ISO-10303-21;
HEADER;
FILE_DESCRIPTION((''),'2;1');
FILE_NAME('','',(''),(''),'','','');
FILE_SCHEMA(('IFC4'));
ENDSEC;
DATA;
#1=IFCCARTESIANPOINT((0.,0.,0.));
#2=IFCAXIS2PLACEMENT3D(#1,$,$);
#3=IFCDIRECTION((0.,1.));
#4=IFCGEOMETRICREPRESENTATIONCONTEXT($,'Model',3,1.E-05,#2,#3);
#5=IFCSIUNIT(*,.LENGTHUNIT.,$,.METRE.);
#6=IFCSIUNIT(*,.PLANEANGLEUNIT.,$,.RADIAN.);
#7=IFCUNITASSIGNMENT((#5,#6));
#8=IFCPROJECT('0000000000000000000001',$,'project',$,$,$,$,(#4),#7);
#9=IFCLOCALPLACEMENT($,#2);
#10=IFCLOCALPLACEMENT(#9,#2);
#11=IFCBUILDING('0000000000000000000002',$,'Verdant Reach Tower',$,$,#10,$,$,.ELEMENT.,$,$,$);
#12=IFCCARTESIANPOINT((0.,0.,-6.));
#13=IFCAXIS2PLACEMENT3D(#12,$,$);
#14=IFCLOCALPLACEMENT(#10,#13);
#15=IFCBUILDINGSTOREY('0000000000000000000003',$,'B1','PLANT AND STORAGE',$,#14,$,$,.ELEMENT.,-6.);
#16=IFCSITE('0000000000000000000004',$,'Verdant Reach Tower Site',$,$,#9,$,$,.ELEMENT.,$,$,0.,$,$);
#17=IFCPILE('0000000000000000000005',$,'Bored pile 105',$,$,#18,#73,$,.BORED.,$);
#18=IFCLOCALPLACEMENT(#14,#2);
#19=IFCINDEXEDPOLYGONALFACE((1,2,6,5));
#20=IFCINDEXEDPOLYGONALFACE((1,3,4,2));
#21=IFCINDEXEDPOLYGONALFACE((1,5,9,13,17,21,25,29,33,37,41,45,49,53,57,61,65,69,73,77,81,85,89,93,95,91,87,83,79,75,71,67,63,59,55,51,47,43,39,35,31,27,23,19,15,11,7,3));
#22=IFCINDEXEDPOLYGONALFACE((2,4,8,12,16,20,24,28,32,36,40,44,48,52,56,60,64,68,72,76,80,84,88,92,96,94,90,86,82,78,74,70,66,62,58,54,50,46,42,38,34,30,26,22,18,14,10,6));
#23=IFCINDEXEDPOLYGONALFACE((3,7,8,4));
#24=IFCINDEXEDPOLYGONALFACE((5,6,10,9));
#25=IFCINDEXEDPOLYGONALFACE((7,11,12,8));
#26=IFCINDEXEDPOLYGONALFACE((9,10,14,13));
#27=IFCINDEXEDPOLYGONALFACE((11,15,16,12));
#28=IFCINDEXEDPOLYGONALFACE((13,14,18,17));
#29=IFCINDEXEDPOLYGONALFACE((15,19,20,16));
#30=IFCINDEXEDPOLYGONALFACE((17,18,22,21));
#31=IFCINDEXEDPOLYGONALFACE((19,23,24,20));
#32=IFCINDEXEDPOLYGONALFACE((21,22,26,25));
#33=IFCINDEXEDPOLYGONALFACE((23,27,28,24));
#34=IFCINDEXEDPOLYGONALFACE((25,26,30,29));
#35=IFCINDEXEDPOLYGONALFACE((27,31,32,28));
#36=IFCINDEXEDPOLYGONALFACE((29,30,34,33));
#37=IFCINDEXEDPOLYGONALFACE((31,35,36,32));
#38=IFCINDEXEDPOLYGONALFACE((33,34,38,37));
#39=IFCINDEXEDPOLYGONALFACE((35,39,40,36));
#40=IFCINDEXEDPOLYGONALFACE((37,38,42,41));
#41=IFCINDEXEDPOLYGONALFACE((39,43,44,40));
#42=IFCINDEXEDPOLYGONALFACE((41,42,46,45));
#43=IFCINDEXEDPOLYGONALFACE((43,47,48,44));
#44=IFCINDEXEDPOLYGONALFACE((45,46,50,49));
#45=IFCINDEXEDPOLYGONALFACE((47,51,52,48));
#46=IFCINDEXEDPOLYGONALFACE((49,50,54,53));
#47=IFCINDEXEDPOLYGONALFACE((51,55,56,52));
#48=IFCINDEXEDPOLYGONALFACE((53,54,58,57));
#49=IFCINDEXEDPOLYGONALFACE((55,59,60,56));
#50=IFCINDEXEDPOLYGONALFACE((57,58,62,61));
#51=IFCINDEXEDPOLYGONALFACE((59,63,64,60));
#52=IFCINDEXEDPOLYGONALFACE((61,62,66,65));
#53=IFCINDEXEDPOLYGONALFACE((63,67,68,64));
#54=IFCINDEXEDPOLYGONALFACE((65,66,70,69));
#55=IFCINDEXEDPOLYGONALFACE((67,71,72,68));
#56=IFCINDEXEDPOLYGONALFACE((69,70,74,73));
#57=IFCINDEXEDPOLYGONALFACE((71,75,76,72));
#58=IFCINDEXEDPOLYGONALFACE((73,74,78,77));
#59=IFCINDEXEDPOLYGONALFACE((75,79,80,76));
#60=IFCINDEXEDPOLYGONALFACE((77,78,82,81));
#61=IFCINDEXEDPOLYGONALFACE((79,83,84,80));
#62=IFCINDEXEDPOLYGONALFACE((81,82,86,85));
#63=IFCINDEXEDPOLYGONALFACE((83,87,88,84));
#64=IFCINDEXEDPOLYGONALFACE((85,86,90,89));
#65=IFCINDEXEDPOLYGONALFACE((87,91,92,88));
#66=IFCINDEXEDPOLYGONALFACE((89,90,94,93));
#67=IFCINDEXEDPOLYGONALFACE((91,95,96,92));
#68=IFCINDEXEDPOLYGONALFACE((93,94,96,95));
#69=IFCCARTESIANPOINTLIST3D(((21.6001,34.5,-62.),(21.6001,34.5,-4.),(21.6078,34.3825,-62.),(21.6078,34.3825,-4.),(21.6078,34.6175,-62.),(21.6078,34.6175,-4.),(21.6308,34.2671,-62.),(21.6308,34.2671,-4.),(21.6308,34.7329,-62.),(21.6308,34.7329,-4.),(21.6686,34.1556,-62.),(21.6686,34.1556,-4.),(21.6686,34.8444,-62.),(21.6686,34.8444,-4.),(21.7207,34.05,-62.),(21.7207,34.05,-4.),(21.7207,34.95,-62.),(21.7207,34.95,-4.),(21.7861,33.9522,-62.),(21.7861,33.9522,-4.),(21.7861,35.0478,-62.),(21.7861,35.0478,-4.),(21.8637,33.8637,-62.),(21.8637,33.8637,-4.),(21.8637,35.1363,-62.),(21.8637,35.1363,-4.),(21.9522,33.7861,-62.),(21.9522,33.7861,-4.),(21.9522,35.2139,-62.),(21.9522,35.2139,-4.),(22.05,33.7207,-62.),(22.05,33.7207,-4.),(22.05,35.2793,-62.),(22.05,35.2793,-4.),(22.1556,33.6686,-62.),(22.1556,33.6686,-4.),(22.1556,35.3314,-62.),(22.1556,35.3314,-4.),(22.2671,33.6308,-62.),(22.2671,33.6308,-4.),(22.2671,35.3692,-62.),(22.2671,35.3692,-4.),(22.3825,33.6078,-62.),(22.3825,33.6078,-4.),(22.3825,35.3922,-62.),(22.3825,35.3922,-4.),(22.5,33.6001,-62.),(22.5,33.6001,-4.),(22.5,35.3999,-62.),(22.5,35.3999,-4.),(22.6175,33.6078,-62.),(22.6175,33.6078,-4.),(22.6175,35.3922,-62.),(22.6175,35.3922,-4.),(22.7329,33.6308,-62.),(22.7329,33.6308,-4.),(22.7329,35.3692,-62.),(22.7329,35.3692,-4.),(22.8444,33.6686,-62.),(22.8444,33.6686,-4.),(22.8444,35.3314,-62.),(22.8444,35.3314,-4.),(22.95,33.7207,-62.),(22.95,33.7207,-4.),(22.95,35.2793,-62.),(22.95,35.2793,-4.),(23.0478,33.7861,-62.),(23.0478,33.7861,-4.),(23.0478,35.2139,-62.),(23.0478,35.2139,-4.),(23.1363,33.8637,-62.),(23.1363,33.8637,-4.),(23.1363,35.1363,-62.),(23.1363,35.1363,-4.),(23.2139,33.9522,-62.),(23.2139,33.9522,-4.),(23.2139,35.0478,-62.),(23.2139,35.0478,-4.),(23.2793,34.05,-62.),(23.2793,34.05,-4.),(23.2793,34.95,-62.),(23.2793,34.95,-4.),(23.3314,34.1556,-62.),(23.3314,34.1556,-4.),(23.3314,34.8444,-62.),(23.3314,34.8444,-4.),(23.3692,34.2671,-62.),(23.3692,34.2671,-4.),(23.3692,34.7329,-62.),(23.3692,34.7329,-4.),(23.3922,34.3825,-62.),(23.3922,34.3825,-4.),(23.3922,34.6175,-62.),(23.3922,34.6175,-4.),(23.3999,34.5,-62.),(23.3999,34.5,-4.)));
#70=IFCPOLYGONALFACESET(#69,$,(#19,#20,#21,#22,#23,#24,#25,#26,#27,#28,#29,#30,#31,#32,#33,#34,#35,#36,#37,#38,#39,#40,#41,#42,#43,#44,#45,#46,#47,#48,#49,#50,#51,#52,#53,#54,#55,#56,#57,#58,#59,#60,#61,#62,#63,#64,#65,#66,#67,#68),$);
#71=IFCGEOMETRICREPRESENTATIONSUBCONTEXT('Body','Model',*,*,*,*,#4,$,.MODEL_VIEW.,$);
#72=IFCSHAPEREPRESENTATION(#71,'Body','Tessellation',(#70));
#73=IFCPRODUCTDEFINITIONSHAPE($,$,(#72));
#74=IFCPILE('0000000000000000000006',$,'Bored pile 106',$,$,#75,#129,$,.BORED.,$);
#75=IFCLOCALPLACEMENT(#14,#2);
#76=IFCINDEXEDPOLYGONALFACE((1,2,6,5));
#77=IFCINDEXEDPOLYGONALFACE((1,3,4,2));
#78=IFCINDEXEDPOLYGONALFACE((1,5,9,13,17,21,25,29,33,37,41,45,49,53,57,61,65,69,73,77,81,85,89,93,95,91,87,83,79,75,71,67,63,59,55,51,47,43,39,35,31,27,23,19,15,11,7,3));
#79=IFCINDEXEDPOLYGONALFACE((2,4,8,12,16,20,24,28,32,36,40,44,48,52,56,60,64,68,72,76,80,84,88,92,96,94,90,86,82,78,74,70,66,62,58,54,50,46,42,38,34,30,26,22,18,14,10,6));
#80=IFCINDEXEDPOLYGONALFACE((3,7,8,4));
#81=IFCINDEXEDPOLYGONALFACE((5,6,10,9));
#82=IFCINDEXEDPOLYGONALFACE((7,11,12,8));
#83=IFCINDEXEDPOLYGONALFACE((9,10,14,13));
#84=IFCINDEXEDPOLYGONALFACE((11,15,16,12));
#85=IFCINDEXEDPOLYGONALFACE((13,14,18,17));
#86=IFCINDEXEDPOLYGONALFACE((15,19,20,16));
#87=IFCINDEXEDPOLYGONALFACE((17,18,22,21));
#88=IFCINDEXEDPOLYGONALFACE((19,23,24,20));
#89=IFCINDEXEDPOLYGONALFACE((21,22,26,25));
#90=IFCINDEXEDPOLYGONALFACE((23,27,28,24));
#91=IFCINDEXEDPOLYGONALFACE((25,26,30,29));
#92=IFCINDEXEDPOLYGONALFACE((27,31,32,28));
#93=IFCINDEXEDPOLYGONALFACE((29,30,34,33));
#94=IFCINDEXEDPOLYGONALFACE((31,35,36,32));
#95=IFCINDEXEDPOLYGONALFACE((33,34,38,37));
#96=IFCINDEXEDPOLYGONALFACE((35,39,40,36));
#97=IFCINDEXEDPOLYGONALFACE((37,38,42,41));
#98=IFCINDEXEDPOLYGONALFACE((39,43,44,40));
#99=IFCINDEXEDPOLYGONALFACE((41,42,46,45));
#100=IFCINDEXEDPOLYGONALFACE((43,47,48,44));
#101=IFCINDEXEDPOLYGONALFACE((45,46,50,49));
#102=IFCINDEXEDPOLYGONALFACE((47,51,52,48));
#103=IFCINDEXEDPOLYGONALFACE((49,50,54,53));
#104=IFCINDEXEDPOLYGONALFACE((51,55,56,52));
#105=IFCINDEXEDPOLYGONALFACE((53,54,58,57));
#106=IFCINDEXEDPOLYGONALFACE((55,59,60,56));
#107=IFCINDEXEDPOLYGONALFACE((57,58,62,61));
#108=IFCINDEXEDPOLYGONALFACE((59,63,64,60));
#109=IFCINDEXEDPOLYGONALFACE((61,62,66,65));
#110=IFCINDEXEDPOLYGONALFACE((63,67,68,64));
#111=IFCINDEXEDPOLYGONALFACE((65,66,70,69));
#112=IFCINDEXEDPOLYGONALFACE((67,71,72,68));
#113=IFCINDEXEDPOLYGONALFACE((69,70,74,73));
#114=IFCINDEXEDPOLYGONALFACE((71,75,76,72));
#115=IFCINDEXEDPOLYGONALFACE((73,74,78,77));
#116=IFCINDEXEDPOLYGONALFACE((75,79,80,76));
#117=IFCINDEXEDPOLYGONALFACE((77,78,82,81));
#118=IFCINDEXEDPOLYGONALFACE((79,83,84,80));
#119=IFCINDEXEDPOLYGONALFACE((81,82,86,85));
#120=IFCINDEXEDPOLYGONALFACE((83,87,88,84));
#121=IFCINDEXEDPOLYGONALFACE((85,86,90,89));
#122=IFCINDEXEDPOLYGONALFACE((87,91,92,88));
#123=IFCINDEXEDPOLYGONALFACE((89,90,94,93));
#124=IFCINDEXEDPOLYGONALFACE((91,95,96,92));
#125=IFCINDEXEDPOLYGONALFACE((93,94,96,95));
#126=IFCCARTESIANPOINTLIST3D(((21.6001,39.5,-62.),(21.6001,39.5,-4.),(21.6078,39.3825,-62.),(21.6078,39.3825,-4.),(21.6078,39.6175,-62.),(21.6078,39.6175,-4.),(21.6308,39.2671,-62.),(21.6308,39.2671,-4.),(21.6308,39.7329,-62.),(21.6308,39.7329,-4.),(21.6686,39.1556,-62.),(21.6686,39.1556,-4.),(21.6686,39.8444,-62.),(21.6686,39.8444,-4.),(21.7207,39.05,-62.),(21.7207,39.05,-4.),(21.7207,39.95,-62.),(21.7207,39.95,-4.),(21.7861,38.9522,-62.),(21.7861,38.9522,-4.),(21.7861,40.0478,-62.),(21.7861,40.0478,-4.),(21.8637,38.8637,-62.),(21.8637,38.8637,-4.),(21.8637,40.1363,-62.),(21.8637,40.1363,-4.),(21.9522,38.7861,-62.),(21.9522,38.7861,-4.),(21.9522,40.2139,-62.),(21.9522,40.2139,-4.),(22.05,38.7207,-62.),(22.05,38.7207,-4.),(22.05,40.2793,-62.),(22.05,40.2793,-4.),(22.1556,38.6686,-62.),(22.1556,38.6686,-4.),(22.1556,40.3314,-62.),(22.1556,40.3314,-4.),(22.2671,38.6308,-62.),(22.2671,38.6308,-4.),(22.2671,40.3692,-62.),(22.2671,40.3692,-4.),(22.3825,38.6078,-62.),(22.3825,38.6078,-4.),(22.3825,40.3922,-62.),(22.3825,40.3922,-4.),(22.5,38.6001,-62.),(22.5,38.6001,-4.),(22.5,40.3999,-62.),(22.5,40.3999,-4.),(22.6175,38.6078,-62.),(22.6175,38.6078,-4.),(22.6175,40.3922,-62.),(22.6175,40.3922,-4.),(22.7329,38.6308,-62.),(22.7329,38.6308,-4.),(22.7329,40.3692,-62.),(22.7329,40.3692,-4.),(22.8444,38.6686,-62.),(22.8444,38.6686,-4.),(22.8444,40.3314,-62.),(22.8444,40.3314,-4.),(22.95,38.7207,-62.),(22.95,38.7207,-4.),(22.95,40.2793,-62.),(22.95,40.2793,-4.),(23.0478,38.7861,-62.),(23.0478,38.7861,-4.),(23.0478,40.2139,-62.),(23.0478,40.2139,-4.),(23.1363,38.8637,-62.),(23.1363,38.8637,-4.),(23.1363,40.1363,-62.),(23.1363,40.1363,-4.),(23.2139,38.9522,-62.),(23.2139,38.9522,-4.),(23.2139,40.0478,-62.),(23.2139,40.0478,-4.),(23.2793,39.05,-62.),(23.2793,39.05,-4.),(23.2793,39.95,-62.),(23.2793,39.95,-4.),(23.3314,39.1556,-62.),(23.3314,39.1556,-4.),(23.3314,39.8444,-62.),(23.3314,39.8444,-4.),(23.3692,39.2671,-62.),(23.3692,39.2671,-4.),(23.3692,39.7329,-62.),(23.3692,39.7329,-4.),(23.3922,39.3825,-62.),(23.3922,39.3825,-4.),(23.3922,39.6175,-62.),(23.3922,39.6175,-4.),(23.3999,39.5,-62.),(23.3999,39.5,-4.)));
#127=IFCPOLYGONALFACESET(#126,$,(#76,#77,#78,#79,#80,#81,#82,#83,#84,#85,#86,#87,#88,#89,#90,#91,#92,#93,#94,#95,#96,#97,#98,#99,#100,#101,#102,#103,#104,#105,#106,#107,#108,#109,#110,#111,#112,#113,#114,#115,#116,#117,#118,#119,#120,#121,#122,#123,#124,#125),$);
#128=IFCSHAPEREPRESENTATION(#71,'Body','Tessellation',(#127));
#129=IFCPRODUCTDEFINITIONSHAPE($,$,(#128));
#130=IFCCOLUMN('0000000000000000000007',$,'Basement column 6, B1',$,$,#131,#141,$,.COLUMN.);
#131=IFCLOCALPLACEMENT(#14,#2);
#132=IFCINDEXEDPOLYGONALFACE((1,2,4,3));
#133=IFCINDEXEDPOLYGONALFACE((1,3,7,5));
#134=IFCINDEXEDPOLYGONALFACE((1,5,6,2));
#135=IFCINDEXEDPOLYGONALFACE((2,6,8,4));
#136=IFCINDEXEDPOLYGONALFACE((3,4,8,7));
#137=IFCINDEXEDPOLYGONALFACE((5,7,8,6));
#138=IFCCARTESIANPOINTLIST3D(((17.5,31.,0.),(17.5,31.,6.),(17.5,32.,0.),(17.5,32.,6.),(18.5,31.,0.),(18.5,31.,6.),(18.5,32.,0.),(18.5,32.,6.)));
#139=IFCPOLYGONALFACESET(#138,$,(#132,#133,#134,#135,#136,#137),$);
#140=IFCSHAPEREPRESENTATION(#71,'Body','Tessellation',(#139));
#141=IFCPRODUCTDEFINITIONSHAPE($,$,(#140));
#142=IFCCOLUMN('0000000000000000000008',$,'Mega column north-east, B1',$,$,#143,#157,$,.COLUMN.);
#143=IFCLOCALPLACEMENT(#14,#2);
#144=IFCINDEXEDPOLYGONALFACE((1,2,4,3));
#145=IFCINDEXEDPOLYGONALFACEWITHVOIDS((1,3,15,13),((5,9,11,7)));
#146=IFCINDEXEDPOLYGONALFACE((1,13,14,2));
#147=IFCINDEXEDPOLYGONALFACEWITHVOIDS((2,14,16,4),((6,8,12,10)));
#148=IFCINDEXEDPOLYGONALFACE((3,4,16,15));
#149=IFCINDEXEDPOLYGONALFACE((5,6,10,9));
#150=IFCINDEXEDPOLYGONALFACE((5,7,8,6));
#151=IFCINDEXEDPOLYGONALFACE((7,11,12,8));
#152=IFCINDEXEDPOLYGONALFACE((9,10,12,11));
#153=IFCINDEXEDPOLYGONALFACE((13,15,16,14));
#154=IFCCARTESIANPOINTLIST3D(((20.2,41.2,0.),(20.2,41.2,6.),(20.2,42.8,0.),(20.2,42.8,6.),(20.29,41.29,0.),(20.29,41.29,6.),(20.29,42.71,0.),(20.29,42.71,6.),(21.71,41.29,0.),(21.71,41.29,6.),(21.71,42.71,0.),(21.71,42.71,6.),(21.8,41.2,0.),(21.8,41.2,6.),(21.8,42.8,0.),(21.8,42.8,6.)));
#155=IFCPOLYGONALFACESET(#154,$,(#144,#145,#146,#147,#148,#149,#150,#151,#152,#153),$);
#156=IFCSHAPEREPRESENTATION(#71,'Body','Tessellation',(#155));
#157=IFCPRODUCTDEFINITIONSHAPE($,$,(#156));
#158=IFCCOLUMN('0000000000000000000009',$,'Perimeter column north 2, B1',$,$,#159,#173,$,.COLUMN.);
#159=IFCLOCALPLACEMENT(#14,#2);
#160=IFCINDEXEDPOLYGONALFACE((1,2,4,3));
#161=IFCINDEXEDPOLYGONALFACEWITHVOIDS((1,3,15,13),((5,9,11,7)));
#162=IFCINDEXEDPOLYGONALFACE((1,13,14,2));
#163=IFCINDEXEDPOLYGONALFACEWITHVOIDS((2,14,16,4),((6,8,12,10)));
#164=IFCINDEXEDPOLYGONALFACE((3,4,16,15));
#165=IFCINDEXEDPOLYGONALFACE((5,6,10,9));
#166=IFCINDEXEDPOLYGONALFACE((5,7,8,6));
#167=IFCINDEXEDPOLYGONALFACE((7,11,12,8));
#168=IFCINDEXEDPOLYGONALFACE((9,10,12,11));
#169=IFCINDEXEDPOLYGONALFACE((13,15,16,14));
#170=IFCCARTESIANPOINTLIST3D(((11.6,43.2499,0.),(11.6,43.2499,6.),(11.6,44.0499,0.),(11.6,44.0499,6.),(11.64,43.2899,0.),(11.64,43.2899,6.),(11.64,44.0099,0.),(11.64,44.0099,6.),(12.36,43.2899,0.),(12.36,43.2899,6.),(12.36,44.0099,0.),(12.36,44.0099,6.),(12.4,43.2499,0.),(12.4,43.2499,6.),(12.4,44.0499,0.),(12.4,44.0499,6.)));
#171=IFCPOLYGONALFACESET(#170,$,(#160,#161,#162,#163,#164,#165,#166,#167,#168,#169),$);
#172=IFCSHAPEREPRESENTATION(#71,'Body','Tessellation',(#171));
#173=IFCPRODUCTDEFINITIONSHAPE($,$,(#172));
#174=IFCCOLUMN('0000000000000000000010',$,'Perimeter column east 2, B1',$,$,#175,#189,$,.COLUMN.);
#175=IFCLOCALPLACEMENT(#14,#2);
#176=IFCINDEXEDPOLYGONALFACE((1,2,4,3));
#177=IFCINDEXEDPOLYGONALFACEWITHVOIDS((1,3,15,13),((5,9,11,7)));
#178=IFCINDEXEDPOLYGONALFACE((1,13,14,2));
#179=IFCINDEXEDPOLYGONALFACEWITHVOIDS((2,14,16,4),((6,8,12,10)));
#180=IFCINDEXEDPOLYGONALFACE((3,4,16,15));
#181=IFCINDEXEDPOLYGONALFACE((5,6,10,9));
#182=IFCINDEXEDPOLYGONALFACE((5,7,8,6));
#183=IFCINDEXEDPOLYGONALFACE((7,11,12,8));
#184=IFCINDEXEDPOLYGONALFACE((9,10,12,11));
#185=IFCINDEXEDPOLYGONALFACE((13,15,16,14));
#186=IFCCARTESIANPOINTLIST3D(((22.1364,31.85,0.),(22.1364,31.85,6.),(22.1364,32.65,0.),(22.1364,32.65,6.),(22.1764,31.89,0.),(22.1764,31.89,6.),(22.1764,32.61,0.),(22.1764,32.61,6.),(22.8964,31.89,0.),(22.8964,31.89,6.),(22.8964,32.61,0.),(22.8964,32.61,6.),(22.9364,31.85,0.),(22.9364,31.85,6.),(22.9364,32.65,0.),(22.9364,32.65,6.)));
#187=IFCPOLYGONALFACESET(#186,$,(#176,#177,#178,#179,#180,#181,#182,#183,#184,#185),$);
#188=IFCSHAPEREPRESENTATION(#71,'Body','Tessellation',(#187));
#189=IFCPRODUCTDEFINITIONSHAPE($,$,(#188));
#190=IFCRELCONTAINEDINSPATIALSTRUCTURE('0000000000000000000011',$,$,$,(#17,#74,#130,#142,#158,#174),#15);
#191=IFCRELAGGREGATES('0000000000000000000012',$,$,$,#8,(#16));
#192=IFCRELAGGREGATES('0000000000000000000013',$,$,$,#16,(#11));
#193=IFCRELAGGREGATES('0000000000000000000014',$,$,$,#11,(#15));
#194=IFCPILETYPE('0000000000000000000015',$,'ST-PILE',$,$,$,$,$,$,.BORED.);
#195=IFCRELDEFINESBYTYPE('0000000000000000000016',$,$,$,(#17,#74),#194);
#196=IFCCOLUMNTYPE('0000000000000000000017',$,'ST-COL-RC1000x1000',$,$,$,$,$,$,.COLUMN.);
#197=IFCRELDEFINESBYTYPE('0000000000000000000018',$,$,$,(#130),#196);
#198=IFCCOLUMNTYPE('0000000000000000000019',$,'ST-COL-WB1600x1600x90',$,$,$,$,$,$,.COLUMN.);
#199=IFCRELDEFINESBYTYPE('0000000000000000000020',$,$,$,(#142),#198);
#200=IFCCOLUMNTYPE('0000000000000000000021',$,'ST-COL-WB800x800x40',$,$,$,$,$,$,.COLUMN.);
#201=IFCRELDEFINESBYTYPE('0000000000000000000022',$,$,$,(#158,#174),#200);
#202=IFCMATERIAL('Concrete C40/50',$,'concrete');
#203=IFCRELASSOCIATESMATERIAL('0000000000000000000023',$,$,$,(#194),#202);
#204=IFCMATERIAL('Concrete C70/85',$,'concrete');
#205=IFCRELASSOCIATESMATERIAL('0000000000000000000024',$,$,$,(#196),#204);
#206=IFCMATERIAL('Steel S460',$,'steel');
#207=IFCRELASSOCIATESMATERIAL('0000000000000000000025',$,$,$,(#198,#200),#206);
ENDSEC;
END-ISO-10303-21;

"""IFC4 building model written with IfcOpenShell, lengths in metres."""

from ifc_helpers import new_model, si_unit, direction, frame, origin, origin_2d, place, context, subcontext, project, spatial, rectangle, hollow_rectangle, circle, extrude, material, material_profile, profile_set, type_object, element, save


model = new_model("IFC4")

# Units and contexts
model_context = context("Model", 3, precision=1e-05, world=origin(), true_north=direction((0.0, 1.0)))
body_context = subcontext(model_context, "Body", "Model", "MODEL_VIEW")
ifc_project = project(units=[si_unit("LENGTHUNIT", "METRE"), si_unit("PLANEANGLEUNIT", "RADIAN")], contexts=[model_context])

# Site, building, storey
site_placement = place(None, origin())
site = spatial("IfcSite", under=ifc_project, at=site_placement, Name="Verdant Reach Tower Site", CompositionType="ELEMENT", RefElevation=0.0)
building_placement = place(site_placement, origin())
building = spatial("IfcBuilding", under=site, at=building_placement, Name="Verdant Reach Tower", CompositionType="ELEMENT")
storey_placement = place(building_placement, frame((0.0, 0.0, -6.0)))
storey = spatial("IfcBuildingStorey", under=building, at=storey_placement, Name="B1", Description="PLANT AND STORAGE", CompositionType="ELEMENT", Elevation=-6.0)

# Piles
ifc_material_1 = material(Name="Concrete C40/50", Category="concrete")
ifc_material_profile_1 = material_profile(ifc_material_1, circle(Radius=0.8999, at=origin_2d()), Name="BP 1800")
ifc_profile_set_1 = profile_set([ifc_material_profile_1], Name="Concrete C40/50")
pile_type = type_object("IfcPileType", Name="ST-PILE", PredefinedType="BORED", material=ifc_profile_set_1)
for number, where, z_axis, x_axis, name in (
    (1, (22.5, 34.5, -4.0), (0.0, 0.0, -1.0), (1.0, 0.0, 0.0), "Bored pile 105"),
    (2, (22.5, 39.5, -4.0), (0.0, 0.0, -1.0), (1.0, 0.0, 0.0), "Bored pile 106"),
):
    element("IfcPile", number, at=place(storey_placement, frame(where, z_axis=z_axis, x_axis=x_axis)), inside=storey, type_object=pile_type, Name=name, PredefinedType="BORED", context=body_context, shape_type="SweptSolid", body=[
        extrude(circle(Radius=0.8999, at=origin_2d()), origin(), (0.0, 0.0, 1.0), 58.0),
    ])

# Columns
ifc_material_2 = material(Name="Concrete C70/85", Category="concrete")
ifc_material_profile_2 = material_profile(ifc_material_2, rectangle(XDim=1.0, YDim=1.0, at=origin_2d()), Name="RC 1000x1000")
ifc_profile_set_2 = profile_set([ifc_material_profile_2], Name="Concrete C70/85")
column_type_1 = type_object("IfcColumnType", Name="ST-COL-RC1000x1000", PredefinedType="COLUMN", material=ifc_profile_set_2)
column_1_placement = place(storey_placement, frame((18.0, 31.5, 0.0), z_axis=(0.0, 0.0, 1.0), x_axis=(1.0, 0.0, 0.0)))
element("IfcColumn", 3, at=column_1_placement, inside=storey, type_object=column_type_1, Name="Basement column 6, B1", PredefinedType="COLUMN", context=body_context, shape_type="SweptSolid", body=[
    extrude(rectangle(XDim=1.0, YDim=1.0, at=origin_2d()), origin(), (0.0, 0.0, 1.0), 6.0),
])
ifc_material_3 = material(Name="Steel S460", Category="steel")
ifc_material_profile_3 = material_profile(ifc_material_3, hollow_rectangle(XDim=1.6001, YDim=1.6001, WallThickness=0.0901, at=origin_2d()), Name="WB 1600x1600x90")
ifc_profile_set_3 = profile_set([ifc_material_profile_3], Name="Steel S460")
column_type_2 = type_object("IfcColumnType", Name="ST-COL-WB1600x1600x90", PredefinedType="COLUMN", material=ifc_profile_set_3)
column_2_placement = place(storey_placement, frame((21.0, 42.0, 0.0), z_axis=(0.0, 0.0, 1.0), x_axis=(1.0, 0.0, 0.0)))
element("IfcColumn", 4, at=column_2_placement, inside=storey, type_object=column_type_2, Name="Mega column north-east, B1", PredefinedType="COLUMN", context=body_context, shape_type="SweptSolid", body=[
    extrude(hollow_rectangle(XDim=1.6001, YDim=1.6001, WallThickness=0.0901, at=origin_2d()), origin(), (0.0, 0.0, 1.0), 6.0),
])
ifc_material_profile_4 = material_profile(ifc_material_3, hollow_rectangle(XDim=0.8, YDim=0.8, WallThickness=0.04, at=origin_2d()), Name="WB 800x800x40")
ifc_profile_set_4 = profile_set([ifc_material_profile_4], Name="Steel S460")
column_type_3 = type_object("IfcColumnType", Name="ST-COL-WB800x800x40", PredefinedType="COLUMN", material=ifc_profile_set_4)
for number, where, z_axis, x_axis, name in (
    (5, (12.0, 43.6499, 0.0), (0.0, 0.0, 1.0), (1.0, 0.0, 0.0), "Perimeter column north 2, B1"),
    (6, (22.5364, 32.25, 0.0), (0.0, 0.0, 1.0), (1.0, 0.0, 0.0), "Perimeter column east 2, B1"),
):
    element("IfcColumn", number, at=place(storey_placement, frame(where, z_axis=z_axis, x_axis=x_axis)), inside=storey, type_object=column_type_3, Name=name, PredefinedType="COLUMN", context=body_context, shape_type="SweptSolid", body=[
        extrude(hollow_rectangle(XDim=0.8, YDim=0.8, WallThickness=0.04, at=origin_2d()), origin(), (0.0, 0.0, 1.0), 6.0),
    ])

save(model, "model.ifc")
